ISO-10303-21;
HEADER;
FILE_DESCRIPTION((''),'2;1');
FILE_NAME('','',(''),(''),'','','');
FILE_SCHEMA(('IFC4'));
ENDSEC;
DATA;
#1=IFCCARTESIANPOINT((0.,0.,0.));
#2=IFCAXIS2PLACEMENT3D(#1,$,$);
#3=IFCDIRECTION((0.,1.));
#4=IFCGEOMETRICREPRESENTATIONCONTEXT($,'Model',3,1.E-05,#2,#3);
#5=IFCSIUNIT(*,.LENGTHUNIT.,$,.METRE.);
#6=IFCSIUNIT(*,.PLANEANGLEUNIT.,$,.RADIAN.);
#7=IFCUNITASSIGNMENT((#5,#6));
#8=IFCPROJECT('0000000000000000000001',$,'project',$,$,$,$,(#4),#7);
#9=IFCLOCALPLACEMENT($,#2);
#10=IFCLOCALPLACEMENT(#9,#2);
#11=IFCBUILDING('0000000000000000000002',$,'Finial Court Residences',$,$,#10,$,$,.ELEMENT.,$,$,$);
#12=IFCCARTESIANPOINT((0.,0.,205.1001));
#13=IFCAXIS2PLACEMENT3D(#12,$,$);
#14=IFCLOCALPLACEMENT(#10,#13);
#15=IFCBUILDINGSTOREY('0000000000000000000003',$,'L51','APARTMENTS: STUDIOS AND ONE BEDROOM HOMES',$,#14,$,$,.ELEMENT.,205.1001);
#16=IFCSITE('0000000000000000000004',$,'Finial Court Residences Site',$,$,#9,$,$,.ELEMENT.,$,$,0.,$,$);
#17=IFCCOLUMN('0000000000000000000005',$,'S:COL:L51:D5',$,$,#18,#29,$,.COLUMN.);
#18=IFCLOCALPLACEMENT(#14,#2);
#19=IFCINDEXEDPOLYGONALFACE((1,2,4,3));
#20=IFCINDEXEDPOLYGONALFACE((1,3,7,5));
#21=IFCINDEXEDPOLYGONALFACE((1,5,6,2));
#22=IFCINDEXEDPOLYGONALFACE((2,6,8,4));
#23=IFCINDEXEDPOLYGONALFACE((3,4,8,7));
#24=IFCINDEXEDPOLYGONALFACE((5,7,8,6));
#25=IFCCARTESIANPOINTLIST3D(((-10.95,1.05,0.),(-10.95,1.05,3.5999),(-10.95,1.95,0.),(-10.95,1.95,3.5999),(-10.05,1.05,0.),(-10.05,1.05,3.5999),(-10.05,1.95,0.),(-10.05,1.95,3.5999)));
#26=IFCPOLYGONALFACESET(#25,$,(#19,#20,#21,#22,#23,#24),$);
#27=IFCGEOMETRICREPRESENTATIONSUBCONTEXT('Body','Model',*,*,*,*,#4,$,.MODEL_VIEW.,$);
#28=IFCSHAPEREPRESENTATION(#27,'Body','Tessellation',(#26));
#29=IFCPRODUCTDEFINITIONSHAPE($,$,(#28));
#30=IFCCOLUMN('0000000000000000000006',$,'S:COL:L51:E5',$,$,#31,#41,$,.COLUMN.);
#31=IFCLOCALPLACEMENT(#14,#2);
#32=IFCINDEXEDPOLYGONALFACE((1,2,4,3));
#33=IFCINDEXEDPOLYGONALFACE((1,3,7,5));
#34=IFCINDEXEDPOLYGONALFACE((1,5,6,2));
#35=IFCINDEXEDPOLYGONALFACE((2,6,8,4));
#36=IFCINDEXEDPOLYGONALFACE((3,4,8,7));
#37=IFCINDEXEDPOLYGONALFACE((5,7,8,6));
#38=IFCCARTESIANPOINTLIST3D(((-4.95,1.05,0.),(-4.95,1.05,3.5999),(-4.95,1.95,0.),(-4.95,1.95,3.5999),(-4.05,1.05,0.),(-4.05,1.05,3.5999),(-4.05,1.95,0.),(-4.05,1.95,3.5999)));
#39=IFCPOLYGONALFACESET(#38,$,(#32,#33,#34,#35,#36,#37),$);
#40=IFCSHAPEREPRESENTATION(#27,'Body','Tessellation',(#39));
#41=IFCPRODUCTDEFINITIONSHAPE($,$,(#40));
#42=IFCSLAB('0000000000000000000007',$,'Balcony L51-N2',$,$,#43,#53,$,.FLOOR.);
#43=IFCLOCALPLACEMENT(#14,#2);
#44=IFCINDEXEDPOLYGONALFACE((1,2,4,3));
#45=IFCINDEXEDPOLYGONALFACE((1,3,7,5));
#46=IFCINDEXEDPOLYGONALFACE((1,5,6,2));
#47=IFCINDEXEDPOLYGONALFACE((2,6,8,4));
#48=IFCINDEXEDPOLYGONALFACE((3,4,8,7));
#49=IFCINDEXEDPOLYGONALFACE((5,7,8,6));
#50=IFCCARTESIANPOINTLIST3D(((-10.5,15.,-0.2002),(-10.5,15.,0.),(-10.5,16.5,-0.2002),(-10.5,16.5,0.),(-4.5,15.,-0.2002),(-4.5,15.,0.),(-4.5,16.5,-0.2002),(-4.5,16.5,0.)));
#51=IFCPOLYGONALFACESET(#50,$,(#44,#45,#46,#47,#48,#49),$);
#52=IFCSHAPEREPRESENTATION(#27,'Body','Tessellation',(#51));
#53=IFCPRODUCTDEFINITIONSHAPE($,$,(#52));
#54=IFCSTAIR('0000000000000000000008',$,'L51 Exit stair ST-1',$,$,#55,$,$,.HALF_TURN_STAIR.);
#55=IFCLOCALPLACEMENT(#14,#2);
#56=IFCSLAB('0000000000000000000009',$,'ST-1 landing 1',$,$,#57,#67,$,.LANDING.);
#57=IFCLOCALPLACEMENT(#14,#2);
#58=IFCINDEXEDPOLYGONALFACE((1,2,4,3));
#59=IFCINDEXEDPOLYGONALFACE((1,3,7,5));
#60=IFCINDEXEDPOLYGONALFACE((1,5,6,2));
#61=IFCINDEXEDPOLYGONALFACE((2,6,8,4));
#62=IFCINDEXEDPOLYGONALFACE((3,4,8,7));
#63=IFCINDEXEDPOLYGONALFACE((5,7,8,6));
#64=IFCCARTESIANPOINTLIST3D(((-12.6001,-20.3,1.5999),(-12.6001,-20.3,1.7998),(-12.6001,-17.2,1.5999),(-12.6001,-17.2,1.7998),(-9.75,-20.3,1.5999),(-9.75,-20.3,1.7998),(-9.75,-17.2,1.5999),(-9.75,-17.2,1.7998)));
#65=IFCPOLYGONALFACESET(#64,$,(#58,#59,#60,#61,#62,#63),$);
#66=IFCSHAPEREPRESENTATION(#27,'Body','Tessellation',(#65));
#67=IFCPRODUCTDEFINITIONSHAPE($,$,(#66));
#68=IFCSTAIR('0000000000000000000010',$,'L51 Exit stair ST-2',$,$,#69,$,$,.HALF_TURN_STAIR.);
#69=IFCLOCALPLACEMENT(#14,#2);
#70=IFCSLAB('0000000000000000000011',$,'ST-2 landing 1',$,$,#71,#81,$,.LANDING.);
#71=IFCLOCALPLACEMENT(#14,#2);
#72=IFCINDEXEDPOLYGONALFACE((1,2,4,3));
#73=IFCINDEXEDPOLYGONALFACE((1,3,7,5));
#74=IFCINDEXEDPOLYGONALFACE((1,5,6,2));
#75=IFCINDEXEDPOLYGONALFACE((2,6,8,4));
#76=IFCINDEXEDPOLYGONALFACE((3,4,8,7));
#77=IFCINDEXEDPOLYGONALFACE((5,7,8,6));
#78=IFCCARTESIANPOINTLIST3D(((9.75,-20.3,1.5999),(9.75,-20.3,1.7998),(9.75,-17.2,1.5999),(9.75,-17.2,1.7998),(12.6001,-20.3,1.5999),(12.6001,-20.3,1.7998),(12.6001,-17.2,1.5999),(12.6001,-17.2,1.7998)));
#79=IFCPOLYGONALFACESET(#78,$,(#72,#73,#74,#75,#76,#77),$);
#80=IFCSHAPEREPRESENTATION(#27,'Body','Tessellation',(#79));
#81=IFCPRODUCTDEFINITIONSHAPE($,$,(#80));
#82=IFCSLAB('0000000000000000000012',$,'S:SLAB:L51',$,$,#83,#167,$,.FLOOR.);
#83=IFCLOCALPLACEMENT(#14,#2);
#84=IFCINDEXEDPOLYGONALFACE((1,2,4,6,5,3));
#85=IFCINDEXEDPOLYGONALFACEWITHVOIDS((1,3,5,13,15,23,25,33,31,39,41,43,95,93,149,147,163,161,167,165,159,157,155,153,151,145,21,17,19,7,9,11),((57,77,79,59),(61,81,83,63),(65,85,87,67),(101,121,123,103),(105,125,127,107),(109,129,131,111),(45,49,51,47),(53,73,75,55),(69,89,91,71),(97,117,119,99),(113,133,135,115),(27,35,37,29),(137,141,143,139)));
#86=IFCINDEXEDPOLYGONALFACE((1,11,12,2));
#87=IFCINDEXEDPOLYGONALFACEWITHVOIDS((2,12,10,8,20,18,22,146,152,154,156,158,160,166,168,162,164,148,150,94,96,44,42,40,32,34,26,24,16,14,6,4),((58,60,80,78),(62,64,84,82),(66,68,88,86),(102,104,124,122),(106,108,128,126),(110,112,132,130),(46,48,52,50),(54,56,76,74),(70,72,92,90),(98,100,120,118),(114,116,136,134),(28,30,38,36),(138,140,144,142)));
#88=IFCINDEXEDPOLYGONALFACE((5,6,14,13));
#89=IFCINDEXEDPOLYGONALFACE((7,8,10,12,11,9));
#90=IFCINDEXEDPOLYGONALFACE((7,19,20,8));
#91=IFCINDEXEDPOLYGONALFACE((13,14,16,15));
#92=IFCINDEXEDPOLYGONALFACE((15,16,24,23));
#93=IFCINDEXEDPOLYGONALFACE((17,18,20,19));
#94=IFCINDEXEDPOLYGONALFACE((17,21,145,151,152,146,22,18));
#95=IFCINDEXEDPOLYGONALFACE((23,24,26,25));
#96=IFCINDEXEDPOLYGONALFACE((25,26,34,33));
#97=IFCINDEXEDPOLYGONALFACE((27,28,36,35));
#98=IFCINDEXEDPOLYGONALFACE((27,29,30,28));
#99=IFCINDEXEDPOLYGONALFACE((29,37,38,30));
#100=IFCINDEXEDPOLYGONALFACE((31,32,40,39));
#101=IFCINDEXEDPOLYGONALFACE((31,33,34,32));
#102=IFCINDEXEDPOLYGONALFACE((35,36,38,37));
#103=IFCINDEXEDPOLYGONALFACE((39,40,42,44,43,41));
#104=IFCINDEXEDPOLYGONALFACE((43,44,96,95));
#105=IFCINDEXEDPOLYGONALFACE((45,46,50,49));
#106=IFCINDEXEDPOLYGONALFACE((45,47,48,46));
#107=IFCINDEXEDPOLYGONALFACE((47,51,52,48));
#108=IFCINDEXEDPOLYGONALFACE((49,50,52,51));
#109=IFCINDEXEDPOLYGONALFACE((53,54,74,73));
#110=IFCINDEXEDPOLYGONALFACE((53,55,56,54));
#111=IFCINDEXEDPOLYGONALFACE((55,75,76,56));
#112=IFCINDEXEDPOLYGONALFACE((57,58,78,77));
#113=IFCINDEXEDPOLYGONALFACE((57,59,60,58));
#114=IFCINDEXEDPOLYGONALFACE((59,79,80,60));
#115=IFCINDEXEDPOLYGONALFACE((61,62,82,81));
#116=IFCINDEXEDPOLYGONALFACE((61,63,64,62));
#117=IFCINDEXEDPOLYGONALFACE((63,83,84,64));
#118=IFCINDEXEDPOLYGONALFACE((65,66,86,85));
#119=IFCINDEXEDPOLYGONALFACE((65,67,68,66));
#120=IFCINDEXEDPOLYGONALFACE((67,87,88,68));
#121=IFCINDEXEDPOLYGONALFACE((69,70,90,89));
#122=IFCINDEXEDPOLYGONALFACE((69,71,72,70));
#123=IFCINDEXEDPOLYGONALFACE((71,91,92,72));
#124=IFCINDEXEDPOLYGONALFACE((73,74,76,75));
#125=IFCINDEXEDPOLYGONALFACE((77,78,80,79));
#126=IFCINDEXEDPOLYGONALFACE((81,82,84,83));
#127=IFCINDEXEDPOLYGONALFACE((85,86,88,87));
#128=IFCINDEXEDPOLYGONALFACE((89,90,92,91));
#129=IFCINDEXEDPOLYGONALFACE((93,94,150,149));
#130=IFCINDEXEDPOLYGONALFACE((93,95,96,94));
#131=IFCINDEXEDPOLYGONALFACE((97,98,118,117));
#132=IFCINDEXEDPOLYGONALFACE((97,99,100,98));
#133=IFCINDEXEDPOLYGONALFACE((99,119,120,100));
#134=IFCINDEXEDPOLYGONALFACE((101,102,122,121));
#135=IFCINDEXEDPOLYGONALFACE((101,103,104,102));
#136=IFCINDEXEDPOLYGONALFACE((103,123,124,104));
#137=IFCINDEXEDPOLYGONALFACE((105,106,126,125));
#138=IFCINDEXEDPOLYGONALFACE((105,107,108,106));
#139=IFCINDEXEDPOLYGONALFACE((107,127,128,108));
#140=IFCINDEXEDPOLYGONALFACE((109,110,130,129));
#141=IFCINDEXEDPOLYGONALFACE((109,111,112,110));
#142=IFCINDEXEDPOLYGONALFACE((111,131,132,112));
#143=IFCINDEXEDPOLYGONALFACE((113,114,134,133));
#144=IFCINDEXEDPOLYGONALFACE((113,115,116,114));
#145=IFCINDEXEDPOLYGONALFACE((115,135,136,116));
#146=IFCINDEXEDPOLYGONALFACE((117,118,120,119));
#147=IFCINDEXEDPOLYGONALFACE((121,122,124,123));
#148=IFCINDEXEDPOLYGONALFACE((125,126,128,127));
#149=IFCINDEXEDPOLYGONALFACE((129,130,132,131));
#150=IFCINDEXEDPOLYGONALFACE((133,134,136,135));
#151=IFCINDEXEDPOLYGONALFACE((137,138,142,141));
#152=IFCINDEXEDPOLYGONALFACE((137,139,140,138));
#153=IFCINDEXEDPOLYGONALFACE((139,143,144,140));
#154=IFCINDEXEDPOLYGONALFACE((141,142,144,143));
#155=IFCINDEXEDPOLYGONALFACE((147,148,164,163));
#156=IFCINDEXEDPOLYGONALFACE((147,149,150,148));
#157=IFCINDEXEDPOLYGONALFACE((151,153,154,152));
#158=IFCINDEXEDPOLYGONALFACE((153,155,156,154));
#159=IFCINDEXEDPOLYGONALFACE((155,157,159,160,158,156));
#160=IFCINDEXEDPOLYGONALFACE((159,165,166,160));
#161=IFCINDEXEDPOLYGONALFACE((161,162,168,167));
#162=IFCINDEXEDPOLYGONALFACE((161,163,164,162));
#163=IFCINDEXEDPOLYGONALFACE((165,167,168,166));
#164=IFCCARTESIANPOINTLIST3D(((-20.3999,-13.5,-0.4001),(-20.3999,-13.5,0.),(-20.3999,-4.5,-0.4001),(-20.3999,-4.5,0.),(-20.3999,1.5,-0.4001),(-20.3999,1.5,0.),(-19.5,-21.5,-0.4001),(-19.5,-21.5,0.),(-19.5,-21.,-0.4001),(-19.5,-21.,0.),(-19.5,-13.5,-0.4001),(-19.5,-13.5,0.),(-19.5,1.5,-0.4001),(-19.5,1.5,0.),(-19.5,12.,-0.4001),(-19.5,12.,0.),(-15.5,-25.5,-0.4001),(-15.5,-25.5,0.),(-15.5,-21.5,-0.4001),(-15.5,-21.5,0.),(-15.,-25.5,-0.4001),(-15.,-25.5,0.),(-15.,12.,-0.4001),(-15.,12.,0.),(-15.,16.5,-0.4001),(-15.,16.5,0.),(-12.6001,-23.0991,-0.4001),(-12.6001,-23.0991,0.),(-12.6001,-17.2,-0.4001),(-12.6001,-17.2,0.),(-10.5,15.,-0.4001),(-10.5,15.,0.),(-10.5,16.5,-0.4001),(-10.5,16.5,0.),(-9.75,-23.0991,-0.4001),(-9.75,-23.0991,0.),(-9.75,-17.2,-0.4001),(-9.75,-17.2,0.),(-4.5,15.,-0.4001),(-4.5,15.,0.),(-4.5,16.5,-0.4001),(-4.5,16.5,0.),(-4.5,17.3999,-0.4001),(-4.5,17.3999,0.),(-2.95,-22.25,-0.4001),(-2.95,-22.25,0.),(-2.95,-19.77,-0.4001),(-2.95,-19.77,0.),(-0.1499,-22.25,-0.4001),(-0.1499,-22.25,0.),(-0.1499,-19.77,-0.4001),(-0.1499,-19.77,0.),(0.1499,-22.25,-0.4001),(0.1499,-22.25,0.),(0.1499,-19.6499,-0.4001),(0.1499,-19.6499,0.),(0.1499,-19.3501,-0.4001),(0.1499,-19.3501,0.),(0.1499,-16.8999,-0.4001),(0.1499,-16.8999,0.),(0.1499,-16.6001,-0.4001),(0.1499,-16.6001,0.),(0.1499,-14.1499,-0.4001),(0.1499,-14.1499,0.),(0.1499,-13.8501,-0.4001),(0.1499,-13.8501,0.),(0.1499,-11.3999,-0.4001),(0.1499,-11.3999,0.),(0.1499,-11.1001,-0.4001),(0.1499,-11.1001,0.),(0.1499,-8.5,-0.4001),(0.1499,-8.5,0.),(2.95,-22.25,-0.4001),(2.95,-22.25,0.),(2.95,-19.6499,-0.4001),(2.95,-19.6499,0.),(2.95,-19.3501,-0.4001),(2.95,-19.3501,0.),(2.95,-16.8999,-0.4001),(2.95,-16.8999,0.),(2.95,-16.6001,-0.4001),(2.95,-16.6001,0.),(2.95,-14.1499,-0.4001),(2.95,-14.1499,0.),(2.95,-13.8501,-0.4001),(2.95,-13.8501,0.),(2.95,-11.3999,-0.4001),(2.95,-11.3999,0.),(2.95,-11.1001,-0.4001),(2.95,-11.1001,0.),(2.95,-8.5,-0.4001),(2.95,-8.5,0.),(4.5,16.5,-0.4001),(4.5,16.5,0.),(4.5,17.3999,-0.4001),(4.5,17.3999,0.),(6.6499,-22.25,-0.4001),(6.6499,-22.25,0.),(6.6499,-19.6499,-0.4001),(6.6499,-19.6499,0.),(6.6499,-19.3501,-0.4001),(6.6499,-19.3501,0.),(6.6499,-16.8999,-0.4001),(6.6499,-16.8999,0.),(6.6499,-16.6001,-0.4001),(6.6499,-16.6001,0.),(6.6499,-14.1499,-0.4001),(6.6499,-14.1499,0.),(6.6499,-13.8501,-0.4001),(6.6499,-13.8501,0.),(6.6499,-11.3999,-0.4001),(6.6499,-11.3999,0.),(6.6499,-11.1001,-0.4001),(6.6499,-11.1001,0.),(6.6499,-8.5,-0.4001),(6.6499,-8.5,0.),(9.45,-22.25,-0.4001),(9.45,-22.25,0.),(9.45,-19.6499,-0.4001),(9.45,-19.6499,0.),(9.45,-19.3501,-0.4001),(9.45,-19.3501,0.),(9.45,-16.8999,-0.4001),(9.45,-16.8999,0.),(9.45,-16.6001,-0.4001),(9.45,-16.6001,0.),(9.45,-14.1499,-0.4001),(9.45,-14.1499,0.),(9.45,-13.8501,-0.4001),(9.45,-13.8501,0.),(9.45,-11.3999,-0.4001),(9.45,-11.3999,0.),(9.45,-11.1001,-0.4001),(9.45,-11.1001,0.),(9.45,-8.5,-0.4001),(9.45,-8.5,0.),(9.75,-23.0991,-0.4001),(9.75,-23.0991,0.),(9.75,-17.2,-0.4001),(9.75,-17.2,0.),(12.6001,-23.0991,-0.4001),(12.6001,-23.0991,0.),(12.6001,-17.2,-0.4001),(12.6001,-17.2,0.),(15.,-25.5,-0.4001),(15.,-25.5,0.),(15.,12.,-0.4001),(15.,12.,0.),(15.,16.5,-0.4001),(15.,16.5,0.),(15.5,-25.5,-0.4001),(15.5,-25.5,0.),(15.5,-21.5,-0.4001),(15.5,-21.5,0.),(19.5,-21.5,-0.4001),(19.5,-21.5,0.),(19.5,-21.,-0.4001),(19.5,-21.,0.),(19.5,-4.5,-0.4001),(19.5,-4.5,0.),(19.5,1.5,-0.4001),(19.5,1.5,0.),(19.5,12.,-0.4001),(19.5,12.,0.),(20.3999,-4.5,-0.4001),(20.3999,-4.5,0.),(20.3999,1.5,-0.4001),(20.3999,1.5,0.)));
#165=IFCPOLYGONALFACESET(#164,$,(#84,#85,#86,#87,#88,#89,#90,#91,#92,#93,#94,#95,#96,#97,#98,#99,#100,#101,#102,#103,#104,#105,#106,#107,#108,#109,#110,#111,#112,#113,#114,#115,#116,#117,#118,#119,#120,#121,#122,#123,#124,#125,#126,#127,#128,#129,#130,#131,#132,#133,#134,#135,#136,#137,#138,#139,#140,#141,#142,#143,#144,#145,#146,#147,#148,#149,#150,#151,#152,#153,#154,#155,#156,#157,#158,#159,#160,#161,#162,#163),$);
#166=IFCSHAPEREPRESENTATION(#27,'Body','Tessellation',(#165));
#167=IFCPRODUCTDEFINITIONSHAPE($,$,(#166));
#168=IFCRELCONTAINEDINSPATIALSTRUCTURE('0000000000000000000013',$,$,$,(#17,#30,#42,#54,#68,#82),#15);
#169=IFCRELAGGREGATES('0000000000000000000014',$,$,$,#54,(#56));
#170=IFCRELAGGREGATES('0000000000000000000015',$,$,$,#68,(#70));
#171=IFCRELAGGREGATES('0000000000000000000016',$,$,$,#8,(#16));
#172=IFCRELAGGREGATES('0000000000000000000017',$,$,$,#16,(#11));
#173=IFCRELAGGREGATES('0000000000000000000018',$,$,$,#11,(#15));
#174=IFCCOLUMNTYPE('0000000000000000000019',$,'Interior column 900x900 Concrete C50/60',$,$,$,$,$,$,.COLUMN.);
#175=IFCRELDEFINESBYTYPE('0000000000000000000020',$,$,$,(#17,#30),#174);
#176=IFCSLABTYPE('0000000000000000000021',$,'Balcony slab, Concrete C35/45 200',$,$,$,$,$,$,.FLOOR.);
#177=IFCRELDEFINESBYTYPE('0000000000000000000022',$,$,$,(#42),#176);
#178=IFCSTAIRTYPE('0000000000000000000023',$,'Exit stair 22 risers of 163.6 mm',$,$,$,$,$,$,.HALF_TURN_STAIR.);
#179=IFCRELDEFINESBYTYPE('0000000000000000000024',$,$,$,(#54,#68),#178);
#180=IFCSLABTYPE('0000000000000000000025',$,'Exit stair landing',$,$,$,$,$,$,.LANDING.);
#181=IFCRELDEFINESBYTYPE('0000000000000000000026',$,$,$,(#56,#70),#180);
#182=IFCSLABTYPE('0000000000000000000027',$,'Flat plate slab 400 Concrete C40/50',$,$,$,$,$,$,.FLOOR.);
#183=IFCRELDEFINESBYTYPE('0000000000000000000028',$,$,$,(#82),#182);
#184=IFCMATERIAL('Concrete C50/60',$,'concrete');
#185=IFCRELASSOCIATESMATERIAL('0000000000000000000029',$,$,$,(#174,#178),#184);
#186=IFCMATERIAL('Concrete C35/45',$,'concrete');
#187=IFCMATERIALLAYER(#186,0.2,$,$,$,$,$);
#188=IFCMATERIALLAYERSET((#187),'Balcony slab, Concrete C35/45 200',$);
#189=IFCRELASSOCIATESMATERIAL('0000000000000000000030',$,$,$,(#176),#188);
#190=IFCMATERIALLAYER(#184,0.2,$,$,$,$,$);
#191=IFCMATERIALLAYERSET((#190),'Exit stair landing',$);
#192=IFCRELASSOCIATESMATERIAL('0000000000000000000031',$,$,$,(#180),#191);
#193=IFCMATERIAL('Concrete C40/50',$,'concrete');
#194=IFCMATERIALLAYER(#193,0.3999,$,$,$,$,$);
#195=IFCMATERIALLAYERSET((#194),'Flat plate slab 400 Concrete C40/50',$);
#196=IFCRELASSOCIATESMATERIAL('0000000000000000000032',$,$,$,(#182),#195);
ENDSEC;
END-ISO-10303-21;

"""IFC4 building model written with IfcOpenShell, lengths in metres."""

from ifc_helpers import new_model, si_unit, direction, frame, origin, origin_2d, place, context, subcontext, project, spatial, polyline, rectangle, outline, extrude, material, layer, layer_set, material_profile, profile_set, type_object, element, aggregate, save


model = new_model("IFC4")

# Units and contexts
model_context = context("Model", 3, precision=1e-05, world=origin(), true_north=direction((0.0, 1.0)))
body_context = subcontext(model_context, "Body", "Model", "MODEL_VIEW")
ifc_project = project(units=[si_unit("LENGTHUNIT", "METRE"), si_unit("PLANEANGLEUNIT", "RADIAN")], contexts=[model_context])

# Site, building, storey
site_placement = place(None, origin())
site = spatial("IfcSite", under=ifc_project, at=site_placement, Name="Finial Court Residences Site", CompositionType="ELEMENT", RefElevation=0.0)
building_placement = place(site_placement, origin())
building = spatial("IfcBuilding", under=site, at=building_placement, Name="Finial Court Residences", CompositionType="ELEMENT")
storey_placement = place(building_placement, frame((0.0, 0.0, 205.1001)))
storey = spatial("IfcBuildingStorey", under=building, at=storey_placement, Name="L51", Description="APARTMENTS: STUDIOS AND ONE BEDROOM HOMES", CompositionType="ELEMENT", Elevation=205.1001)

# Columns
ifc_material_1 = material(Name="Concrete C50/60", Category="concrete")
ifc_material_profile = material_profile(ifc_material_1, rectangle(XDim=0.8999, YDim=0.8999, at=origin_2d()), Name="900x900")
ifc_profile_set = profile_set([ifc_material_profile], Name="Concrete C50/60")
column_type = type_object("IfcColumnType", Name="Interior column 900x900 Concrete C50/60", PredefinedType="COLUMN", material=ifc_profile_set)
for number, where, z_axis, x_axis, name in (
    (1, (-10.5, 1.5, 0.0), (0.0, 0.0, 1.0), (1.0, 0.0, 0.0), "S:COL:L51:D5"),
    (2, (-4.5, 1.5, 0.0), (0.0, 0.0, 1.0), (1.0, 0.0, 0.0), "S:COL:L51:E5"),
):
    element("IfcColumn", number, at=place(storey_placement, frame(where, z_axis=z_axis, x_axis=x_axis)), inside=storey, type_object=column_type, Name=name, PredefinedType="COLUMN", context=body_context, shape_type="SweptSolid", body=[
        extrude(rectangle(XDim=0.8999, YDim=0.8999, at=origin_2d()), origin(), (0.0, 0.0, 1.0), 3.5999),
    ])

# Slab
ifc_material_2 = material(Name="Concrete C35/45", Category="concrete")
ifc_layer_1 = layer(ifc_material_2, 0.2)
ifc_layer_set_1 = layer_set([ifc_layer_1], Name="Balcony slab, Concrete C35/45 200")
slab_type_1 = type_object("IfcSlabType", Name="Balcony slab, Concrete C35/45 200", PredefinedType="FLOOR", material=ifc_layer_set_1)
slab_1_placement = place(storey_placement, frame((0.0, 0.0, -0.2002)))
element("IfcSlab", 3, at=slab_1_placement, inside=storey, type_object=slab_type_1, Name="Balcony L51-N2", PredefinedType="FLOOR", context=body_context, shape_type="SweptSolid", body=[
    extrude(outline(polyline([(-4.5, 15.0), (-4.5, 16.5), (-10.5, 16.5), (-10.5, 15.0), (-4.5, 15.0)])), origin(), (0.0, 0.0, 1.0), 0.2002),
])

# Stairs, slabs
stair_type = type_object("IfcStairType", Name="Exit stair 22 risers of 163.6 mm", PredefinedType="HALF_TURN_STAIR", material=ifc_material_1)
stair_1_placement = place(storey_placement, origin())
stair_1 = element("IfcStair", 4, at=stair_1_placement, inside=storey, type_object=stair_type, Name="L51 Exit stair ST-1", PredefinedType="HALF_TURN_STAIR")
ifc_layer_2 = layer(ifc_material_1, 0.2)
ifc_layer_set_2 = layer_set([ifc_layer_2], Name="Exit stair landing")
slab_type_2 = type_object("IfcSlabType", Name="Exit stair landing", PredefinedType="LANDING", material=ifc_layer_set_2)
slab_2_placement = place(storey_placement, frame((0.0, 0.0, 1.5999)))
slab_2 = element("IfcSlab", 5, at=slab_2_placement, type_object=slab_type_2, Name="ST-1 landing 1", PredefinedType="LANDING", context=body_context, shape_type="SweptSolid", body=[
    extrude(outline(polyline([(-9.75, -20.3), (-9.75, -17.2), (-12.6001, -17.2), (-12.6001, -20.3), (-9.75, -20.3)])), origin(), (0.0, 0.0, 1.0), 0.2),
])
aggregate(stair_1, [slab_2])
stair_2_placement = place(storey_placement, origin())
stair_2 = element("IfcStair", 6, at=stair_2_placement, inside=storey, type_object=stair_type, Name="L51 Exit stair ST-2", PredefinedType="HALF_TURN_STAIR")
slab_3_placement = place(storey_placement, frame((0.0, 0.0, 1.5999)))
slab_3 = element("IfcSlab", 7, at=slab_3_placement, type_object=slab_type_2, Name="ST-2 landing 1", PredefinedType="LANDING", context=body_context, shape_type="SweptSolid", body=[
    extrude(outline(polyline([(12.6001, -20.3), (12.6001, -17.2), (9.75, -17.2), (9.75, -20.3), (12.6001, -20.3)])), origin(), (0.0, 0.0, 1.0), 0.2),
])
aggregate(stair_2, [slab_3])

# Slab
ifc_material_3 = material(Name="Concrete C40/50", Category="concrete")
ifc_layer_3 = layer(ifc_material_3, 0.3999)
ifc_layer_set_3 = layer_set([ifc_layer_3], Name="Flat plate slab 400 Concrete C40/50")
slab_type_3 = type_object("IfcSlabType", Name="Flat plate slab 400 Concrete C40/50", PredefinedType="FLOOR", material=ifc_layer_set_3)
slab_4_placement = place(storey_placement, frame((0.0, 0.0, -0.4001)))
element("IfcSlab", 8, at=slab_4_placement, inside=storey, type_object=slab_type_3, Name="S:SLAB:L51", PredefinedType="FLOOR", context=body_context, shape_type="SweptSolid", body=[
    extrude(outline(polyline([(-15.5, -25.5), (-15.5, -21.5), (-19.5, -21.5), (-19.5, -21.0), (-19.5, -13.5), (-20.3999, -13.5), (-20.3999, -4.5), (-20.3999, 1.5), (-19.5, 1.5), (-19.5, 12.0), (-15.0, 12.0), (-15.0, 16.5), (-10.5, 16.5), (-10.5, 15.0), (-4.5, 15.0), (-4.5, 16.5), (-4.5, 17.3999), (4.5, 17.3999), (4.5, 16.5), (15.0, 16.5), (15.0, 12.0), (19.5, 12.0), (19.5, 1.5), (20.3999, 1.5), (20.3999, -4.5), (19.5, -4.5), (19.5, -21.0), (19.5, -21.5), (15.5, -21.5), (15.5, -25.5), (15.0, -25.5), (-15.0, -25.5), (-15.5, -25.5)]), holes=[polyline([(-0.1499, -19.77), (-2.95, -19.77), (-2.95, -22.25), (-0.1499, -22.25), (-0.1499, -19.77)]), polyline([(2.95, -22.25), (2.95, -19.6499), (0.1499, -19.6499), (0.1499, -22.25), (2.95, -22.25)]), polyline([(-9.75, -17.2), (-12.6001, -17.2), (-12.6001, -23.0991), (-9.75, -23.0991), (-9.75, -17.2)]), polyline([(2.95, -16.8999), (0.1499, -16.8999), (0.1499, -19.3501), (2.95, -19.3501), (2.95, -16.8999)]), polyline([(2.95, -16.6001), (2.95, -14.1499), (0.1499, -14.1499), (0.1499, -16.6001), (2.95, -16.6001)]), polyline([(2.95, -13.8501), (2.95, -11.3999), (0.1499, -11.3999), (0.1499, -13.8501), (2.95, -13.8501)]), polyline([(2.95, -8.5), (0.1499, -8.5), (0.1499, -11.1001), (2.95, -11.1001), (2.95, -8.5)]), polyline([(9.45, -22.25), (9.45, -19.6499), (6.6499, -19.6499), (6.6499, -22.25), (9.45, -22.25)]), polyline([(12.6001, -17.2), (9.75, -17.2), (9.75, -23.0991), (12.6001, -23.0991), (12.6001, -17.2)]), polyline([(9.45, -19.3501), (9.45, -16.8999), (6.6499, -16.8999), (6.6499, -19.3501), (9.45, -19.3501)]), polyline([(9.45, -16.6001), (9.45, -14.1499), (6.6499, -14.1499), (6.6499, -16.6001), (9.45, -16.6001)]), polyline([(9.45, -13.8501), (9.45, -11.3999), (6.6499, -11.3999), (6.6499, -13.8501), (9.45, -13.8501)]), polyline([(9.45, -11.1001), (9.45, -8.5), (6.6499, -8.5), (6.6499, -11.1001), (9.45, -11.1001)])]), origin(), (0.0, 0.0, 1.0), 0.4001),
])

save(model, "model.ifc")
